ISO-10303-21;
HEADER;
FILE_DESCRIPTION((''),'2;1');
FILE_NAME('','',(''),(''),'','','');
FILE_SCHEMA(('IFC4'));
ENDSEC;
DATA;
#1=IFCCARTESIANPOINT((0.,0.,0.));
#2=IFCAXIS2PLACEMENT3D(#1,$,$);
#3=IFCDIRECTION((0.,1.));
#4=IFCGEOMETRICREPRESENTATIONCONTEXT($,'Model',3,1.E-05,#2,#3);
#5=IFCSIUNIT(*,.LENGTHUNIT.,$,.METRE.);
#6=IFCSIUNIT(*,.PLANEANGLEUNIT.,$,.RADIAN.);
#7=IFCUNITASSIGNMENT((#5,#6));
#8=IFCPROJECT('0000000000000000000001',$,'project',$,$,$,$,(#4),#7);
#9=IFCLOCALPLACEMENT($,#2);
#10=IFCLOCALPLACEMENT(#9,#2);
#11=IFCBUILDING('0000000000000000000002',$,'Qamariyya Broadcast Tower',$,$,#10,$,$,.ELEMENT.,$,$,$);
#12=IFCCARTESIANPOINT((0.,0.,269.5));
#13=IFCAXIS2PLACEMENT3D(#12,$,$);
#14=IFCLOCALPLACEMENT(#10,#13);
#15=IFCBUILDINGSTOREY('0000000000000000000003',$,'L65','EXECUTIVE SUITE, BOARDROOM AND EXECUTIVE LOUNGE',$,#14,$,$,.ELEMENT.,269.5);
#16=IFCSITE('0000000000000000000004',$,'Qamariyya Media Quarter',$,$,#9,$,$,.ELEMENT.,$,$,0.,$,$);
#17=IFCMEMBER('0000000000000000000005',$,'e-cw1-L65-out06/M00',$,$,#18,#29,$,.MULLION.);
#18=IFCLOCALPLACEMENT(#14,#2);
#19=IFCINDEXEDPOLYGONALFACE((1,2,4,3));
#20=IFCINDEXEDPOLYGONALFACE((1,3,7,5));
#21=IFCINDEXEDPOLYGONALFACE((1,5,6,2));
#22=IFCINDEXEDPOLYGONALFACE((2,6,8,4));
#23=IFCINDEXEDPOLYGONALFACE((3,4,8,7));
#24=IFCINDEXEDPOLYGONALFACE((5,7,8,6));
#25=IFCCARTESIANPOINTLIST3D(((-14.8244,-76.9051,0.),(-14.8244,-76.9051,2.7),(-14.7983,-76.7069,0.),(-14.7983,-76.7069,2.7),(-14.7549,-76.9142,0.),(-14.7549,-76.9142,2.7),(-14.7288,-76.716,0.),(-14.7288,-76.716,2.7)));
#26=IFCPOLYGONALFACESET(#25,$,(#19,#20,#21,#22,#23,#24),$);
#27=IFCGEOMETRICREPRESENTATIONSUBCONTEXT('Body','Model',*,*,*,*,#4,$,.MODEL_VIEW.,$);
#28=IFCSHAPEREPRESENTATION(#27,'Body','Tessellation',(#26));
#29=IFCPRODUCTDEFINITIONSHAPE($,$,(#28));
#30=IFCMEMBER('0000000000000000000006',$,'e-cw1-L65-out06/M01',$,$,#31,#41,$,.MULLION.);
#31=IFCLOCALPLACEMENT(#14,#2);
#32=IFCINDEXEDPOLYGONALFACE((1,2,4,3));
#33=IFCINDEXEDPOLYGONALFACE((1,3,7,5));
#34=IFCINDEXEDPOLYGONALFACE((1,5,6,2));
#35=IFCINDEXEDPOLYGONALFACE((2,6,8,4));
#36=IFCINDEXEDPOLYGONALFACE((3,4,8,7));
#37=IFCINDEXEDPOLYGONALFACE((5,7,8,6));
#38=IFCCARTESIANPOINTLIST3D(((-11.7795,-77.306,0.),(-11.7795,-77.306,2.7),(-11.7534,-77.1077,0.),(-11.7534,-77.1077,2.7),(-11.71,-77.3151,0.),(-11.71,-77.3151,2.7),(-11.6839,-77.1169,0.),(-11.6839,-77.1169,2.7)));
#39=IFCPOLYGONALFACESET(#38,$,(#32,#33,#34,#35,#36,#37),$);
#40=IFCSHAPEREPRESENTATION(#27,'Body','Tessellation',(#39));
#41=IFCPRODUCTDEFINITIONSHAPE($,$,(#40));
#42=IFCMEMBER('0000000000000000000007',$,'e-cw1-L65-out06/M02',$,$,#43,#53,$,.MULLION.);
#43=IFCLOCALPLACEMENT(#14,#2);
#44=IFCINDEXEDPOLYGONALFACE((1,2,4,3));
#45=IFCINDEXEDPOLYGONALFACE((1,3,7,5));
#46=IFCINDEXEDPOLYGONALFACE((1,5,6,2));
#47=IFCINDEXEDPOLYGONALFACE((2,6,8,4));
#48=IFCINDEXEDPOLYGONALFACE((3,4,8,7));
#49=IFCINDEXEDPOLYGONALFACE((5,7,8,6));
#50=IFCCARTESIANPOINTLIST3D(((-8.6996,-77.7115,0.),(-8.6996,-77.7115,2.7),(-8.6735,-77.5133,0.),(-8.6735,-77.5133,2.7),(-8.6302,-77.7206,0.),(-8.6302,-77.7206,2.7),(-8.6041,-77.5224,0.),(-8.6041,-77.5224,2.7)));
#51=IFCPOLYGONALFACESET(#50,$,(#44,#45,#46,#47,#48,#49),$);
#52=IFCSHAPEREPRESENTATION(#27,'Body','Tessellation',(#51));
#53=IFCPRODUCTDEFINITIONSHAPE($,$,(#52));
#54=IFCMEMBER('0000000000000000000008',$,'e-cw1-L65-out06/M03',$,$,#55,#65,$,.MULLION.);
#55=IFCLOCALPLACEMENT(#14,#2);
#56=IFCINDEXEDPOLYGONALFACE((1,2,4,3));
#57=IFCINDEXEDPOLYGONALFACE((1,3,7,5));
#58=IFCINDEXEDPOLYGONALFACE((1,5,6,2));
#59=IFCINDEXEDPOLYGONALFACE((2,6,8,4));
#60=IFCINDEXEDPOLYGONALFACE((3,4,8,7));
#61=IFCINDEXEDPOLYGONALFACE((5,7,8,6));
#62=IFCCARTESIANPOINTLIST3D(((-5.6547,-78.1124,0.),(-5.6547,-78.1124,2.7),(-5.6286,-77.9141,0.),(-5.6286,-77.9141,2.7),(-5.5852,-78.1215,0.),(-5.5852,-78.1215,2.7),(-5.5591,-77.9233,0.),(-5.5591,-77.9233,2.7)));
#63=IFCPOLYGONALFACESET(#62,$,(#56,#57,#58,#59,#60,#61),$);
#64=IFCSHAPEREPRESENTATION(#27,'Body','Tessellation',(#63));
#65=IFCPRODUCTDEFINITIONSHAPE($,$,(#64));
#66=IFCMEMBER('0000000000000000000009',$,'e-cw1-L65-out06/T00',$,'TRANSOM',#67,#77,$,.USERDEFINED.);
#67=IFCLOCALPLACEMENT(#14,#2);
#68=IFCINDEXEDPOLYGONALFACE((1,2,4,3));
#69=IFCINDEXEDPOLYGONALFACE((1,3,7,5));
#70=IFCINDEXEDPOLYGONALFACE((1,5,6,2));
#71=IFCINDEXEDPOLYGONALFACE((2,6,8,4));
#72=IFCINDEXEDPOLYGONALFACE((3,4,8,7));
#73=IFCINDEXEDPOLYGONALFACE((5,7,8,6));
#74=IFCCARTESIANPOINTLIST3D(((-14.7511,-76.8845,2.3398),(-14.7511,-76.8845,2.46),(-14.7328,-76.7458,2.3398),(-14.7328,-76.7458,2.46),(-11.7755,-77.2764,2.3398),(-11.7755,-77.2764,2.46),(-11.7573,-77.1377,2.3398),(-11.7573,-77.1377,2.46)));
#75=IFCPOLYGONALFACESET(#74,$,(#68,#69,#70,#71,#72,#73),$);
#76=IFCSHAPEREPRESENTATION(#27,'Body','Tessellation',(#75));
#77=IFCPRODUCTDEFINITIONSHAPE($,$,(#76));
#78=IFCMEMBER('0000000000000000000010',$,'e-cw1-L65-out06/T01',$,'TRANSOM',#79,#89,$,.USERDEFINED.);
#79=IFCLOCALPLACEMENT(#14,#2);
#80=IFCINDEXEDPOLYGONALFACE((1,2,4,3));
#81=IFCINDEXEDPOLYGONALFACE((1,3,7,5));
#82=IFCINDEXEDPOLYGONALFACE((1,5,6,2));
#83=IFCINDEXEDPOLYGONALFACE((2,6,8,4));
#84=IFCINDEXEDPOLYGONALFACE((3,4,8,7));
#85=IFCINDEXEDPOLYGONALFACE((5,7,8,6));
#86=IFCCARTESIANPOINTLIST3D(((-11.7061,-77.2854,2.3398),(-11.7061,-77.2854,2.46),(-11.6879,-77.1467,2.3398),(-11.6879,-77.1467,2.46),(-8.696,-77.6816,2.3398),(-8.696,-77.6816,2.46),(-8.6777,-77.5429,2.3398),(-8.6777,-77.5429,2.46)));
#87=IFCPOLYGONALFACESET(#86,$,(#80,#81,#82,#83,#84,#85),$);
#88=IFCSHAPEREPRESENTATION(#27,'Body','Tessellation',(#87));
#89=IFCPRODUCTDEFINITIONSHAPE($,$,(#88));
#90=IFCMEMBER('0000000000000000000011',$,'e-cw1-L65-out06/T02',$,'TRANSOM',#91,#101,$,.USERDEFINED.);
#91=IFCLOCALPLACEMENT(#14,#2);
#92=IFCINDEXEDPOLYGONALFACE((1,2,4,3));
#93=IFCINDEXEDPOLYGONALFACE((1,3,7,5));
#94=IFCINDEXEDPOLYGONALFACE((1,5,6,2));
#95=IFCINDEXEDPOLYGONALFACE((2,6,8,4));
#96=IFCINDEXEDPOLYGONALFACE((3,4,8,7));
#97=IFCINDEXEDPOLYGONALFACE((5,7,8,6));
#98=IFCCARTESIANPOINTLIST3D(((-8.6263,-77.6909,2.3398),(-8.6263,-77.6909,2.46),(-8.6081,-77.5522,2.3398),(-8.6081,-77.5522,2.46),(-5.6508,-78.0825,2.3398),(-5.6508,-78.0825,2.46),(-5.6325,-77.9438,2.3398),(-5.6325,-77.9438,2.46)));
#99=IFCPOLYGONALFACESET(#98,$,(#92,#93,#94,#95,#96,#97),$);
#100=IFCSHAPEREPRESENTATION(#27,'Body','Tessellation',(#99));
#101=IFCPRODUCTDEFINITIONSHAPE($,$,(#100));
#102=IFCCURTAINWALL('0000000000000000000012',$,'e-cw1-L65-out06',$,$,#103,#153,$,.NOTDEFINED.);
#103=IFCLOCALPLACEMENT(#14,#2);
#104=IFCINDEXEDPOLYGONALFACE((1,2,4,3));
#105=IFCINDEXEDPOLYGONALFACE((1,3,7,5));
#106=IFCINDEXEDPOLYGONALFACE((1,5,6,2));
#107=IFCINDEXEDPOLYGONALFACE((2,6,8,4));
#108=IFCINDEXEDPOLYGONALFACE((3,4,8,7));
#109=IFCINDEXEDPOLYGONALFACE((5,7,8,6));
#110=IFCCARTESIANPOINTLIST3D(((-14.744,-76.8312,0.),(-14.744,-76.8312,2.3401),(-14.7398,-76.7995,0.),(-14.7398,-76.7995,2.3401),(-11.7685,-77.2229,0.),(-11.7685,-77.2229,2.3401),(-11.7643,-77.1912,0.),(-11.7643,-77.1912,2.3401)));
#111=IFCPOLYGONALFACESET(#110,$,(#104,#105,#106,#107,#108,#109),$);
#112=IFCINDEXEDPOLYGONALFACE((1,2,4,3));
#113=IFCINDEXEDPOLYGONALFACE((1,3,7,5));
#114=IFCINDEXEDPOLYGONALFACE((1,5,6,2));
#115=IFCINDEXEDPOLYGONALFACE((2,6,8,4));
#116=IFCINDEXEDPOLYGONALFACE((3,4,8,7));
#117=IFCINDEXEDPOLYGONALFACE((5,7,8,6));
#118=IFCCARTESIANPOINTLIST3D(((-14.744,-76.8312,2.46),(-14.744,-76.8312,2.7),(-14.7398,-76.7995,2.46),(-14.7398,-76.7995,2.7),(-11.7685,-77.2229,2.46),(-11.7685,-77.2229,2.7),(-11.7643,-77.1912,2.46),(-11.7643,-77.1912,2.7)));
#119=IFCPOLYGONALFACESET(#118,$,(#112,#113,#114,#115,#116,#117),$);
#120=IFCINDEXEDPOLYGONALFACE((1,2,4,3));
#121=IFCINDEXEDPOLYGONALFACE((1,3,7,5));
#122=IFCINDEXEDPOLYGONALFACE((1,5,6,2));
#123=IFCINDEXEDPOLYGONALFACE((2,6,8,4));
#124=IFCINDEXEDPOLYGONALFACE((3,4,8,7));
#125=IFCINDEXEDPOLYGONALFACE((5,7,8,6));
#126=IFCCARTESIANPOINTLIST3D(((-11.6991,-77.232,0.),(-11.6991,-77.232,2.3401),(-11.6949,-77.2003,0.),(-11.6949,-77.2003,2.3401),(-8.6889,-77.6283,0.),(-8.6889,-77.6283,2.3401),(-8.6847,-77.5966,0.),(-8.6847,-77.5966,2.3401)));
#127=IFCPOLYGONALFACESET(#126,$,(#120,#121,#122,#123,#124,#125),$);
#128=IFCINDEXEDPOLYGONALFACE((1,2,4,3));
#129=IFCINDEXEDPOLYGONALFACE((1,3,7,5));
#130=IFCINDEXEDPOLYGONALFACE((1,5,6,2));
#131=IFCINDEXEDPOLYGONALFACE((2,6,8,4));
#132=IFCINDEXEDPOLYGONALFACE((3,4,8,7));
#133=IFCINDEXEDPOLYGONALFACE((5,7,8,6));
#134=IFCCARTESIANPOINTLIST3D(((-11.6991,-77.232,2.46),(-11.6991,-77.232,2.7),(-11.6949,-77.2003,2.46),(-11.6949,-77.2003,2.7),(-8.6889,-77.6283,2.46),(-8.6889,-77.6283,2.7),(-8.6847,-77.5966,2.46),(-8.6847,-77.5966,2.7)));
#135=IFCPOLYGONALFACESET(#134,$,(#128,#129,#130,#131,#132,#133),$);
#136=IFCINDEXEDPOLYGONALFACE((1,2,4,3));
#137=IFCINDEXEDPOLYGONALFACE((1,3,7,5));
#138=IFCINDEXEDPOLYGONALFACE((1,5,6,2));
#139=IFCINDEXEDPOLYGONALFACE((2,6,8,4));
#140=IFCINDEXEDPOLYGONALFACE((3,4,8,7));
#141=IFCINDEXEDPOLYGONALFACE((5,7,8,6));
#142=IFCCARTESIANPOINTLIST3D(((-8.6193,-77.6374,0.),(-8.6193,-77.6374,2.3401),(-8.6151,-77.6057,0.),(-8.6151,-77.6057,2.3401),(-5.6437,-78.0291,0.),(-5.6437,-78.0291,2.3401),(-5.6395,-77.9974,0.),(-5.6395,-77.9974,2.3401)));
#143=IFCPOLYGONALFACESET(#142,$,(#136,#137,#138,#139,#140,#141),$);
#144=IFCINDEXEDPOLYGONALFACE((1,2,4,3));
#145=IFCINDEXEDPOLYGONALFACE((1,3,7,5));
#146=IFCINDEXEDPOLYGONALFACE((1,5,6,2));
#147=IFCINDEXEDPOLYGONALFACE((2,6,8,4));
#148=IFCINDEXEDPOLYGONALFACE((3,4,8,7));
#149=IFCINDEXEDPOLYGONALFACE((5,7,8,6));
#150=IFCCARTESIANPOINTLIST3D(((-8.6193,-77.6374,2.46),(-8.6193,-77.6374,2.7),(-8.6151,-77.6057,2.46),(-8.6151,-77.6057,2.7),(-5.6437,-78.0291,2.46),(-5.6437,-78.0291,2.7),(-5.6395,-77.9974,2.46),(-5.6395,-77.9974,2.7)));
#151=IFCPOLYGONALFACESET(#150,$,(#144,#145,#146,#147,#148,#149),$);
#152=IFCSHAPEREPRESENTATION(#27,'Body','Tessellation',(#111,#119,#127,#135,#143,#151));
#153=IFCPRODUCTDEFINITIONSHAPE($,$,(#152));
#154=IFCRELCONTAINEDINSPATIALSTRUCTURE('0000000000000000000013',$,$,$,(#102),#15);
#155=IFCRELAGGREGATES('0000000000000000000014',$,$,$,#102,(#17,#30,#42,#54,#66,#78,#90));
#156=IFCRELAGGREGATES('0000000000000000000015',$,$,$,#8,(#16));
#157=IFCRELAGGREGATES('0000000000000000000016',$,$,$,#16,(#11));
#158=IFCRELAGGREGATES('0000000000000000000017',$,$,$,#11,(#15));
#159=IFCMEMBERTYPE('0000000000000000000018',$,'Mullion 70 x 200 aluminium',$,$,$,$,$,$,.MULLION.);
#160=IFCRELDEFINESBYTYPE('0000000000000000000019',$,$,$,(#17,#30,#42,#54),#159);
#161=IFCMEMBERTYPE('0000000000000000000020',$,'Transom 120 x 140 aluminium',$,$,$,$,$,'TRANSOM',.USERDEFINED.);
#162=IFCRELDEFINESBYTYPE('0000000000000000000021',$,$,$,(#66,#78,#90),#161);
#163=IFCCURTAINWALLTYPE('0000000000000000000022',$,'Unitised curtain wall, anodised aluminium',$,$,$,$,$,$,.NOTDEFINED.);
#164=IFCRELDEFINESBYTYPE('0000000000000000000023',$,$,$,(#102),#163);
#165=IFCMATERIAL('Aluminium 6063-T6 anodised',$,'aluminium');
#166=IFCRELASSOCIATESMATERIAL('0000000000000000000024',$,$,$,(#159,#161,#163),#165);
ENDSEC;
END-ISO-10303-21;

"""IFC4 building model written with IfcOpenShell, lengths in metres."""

from ifc_helpers import new_model, si_unit, direction, frame, origin, origin_2d, place, context, subcontext, project, spatial, rectangle, extrude, material, material_profile, profile_set, type_object, element, aggregate, save


model = new_model("IFC4")

# Units and contexts
model_context = context("Model", 3, precision=1e-05, world=origin(), true_north=direction((0.0, 1.0)))
body_context = subcontext(model_context, "Body", "Model", "MODEL_VIEW")
ifc_project = project(units=[si_unit("LENGTHUNIT", "METRE"), si_unit("PLANEANGLEUNIT", "RADIAN")], contexts=[model_context])

# Members
ifc_material = material(Name="Aluminium 6063-T6 anodised", Category="aluminium")
ifc_material_profile_1 = material_profile(ifc_material, rectangle(XDim=0.2, YDim=0.0701, at=origin_2d()))
ifc_profile_set_1 = profile_set([ifc_material_profile_1], Name="Aluminium 6063-T6 anodised")
member_type_1 = type_object("IfcMemberType", Name="Mullion 70 x 200 aluminium", PredefinedType="MULLION", material=ifc_profile_set_1)
site_placement = place(None, origin())
building_placement = place(site_placement, origin())
storey_placement = place(building_placement, frame((0.0, 0.0, 269.5)))
member_1_placement = place(storey_placement, frame((-14.7766, -76.8105, 0.0), z_axis=(0.0, 0.0, 1.0), x_axis=(0.130526, 0.991445, 0.0)))
member_1 = element("IfcMember", 1, at=member_1_placement, type_object=member_type_1, Name="e-cw1-L65-out06/M00", PredefinedType="MULLION", context=body_context, shape_type="SweptSolid", body=[
    extrude(rectangle(XDim=0.2, YDim=0.0701, at=origin_2d()), origin(), (0.0, 0.0, 1.0), 2.7),
])
member_2_placement = place(storey_placement, frame((-11.7317, -77.2114, 0.0), z_axis=(0.0, 0.0, 1.0), x_axis=(0.130526, 0.991445, 0.0)))
member_2 = element("IfcMember", 2, at=member_2_placement, type_object=member_type_1, Name="e-cw1-L65-out06/M01", PredefinedType="MULLION", context=body_context, shape_type="SweptSolid", body=[
    extrude(rectangle(XDim=0.2, YDim=0.0701, at=origin_2d()), origin(), (0.0, 0.0, 1.0), 2.7),
])
member_3_placement = place(storey_placement, frame((-8.6519, -77.6169, 0.0), z_axis=(0.0, 0.0, 1.0), x_axis=(0.130526, 0.991445, 0.0)))
member_3 = element("IfcMember", 3, at=member_3_placement, type_object=member_type_1, Name="e-cw1-L65-out06/M02", PredefinedType="MULLION", context=body_context, shape_type="SweptSolid", body=[
    extrude(rectangle(XDim=0.2, YDim=0.0701, at=origin_2d()), origin(), (0.0, 0.0, 1.0), 2.7),
])
member_4_placement = place(storey_placement, frame((-5.6069, -78.0178, 0.0), z_axis=(0.0, 0.0, 1.0), x_axis=(0.130526, 0.991445, 0.0)))
member_4 = element("IfcMember", 4, at=member_4_placement, type_object=member_type_1, Name="e-cw1-L65-out06/M03", PredefinedType="MULLION", context=body_context, shape_type="SweptSolid", body=[
    extrude(rectangle(XDim=0.2, YDim=0.0701, at=origin_2d()), origin(), (0.0, 0.0, 1.0), 2.7),
])
ifc_material_profile_2 = material_profile(ifc_material, rectangle(XDim=0.1399, YDim=0.1201, at=origin_2d()))
ifc_profile_set_2 = profile_set([ifc_material_profile_2], Name="Aluminium 6063-T6 anodised")
member_type_2 = type_object("IfcMemberType", Name="Transom 120 x 140 aluminium", ElementType="TRANSOM", PredefinedType="USERDEFINED", material=ifc_profile_set_2)
member_5_placement = place(storey_placement, frame((-14.7419, -76.8152, 2.3999), z_axis=(0.99144, -0.13056, 0.0), x_axis=(0.13056, 0.99144, 0.0)))
member_5 = element("IfcMember", 5, at=member_5_placement, type_object=member_type_2, Name="e-cw1-L65-out06/T00", ObjectType="TRANSOM", PredefinedType="USERDEFINED", context=body_context, shape_type="SweptSolid", body=[
    extrude(rectangle(XDim=0.1399, YDim=0.1201, at=origin_2d()), origin(), (0.0, 0.0, 1.0), 3.0012),
])
member_6_placement = place(storey_placement, frame((-11.697, -77.2161, 2.3999), z_axis=(0.991448, -0.130504, 0.0), x_axis=(0.130504, 0.991448, 0.0)))
member_6 = element("IfcMember", 6, at=member_6_placement, type_object=member_type_2, Name="e-cw1-L65-out06/T01", ObjectType="TRANSOM", PredefinedType="USERDEFINED", context=body_context, shape_type="SweptSolid", body=[
    extrude(rectangle(XDim=0.1399, YDim=0.1201, at=origin_2d()), origin(), (0.0, 0.0, 1.0), 3.0361),
])
member_7_placement = place(storey_placement, frame((-8.6172, -77.6216, 2.3999), z_axis=(0.991451, -0.13048, 0.0), x_axis=(0.13048, 0.991451, 0.0)))
member_7 = element("IfcMember", 7, at=member_7_placement, type_object=member_type_2, Name="e-cw1-L65-out06/T02", ObjectType="TRANSOM", PredefinedType="USERDEFINED", context=body_context, shape_type="SweptSolid", body=[
    extrude(rectangle(XDim=0.1399, YDim=0.1201, at=origin_2d()), origin(), (0.0, 0.0, 1.0), 3.0012),
])

# Site, building, storey
site = spatial("IfcSite", under=ifc_project, at=site_placement, Name="Qamariyya Media Quarter", CompositionType="ELEMENT", RefElevation=0.0)
building = spatial("IfcBuilding", under=site, at=building_placement, Name="Qamariyya Broadcast Tower", CompositionType="ELEMENT")
storey = spatial("IfcBuildingStorey", under=building, at=storey_placement, Name="L65", Description="EXECUTIVE SUITE, BOARDROOM AND EXECUTIVE LOUNGE", CompositionType="ELEMENT", Elevation=269.5)

# Curtain wall
curtain_wall_type = type_object("IfcCurtainWallType", Name="Unitised curtain wall, anodised aluminium", PredefinedType="NOTDEFINED", material=ifc_material)
curtain_wall_1_placement = place(storey_placement, origin())
curtain_wall_1 = element("IfcCurtainWall", 8, at=curtain_wall_1_placement, inside=storey, type_object=curtain_wall_type, Name="e-cw1-L65-out06", PredefinedType="NOTDEFINED", context=body_context, shape_type="SweptSolid", body=[
    extrude(rectangle(XDim=3.0012, YDim=0.032, at=origin_2d()), frame((-13.2542, -77.0112, 0.0), x_axis=(0.991445, -0.130523, 0.0)), (0.0, 0.0, 1.0), 2.3401),
    extrude(rectangle(XDim=3.0012, YDim=0.032, at=origin_2d()), frame((-13.2542, -77.0112, 2.46), x_axis=(0.991445, -0.130523, 0.0)), (0.0, 0.0, 1.0), 0.24),
    extrude(rectangle(XDim=3.0361, YDim=0.032, at=origin_2d()), frame((-10.1919, -77.4143, 0.0), x_axis=(0.991445, -0.130523, 0.0)), (0.0, 0.0, 1.0), 2.3401),
    extrude(rectangle(XDim=3.0361, YDim=0.032, at=origin_2d()), frame((-10.1919, -77.4143, 2.46), x_axis=(0.991445, -0.130523, 0.0)), (0.0, 0.0, 1.0), 0.24),
    extrude(rectangle(XDim=3.0012, YDim=0.032, at=origin_2d()), frame((-7.1294, -77.8174, 0.0), x_axis=(0.991445, -0.130523, 0.0)), (0.0, 0.0, 1.0), 2.3401),
    extrude(rectangle(XDim=3.0012, YDim=0.032, at=origin_2d()), frame((-7.1294, -77.8174, 2.46), x_axis=(0.991445, -0.130523, 0.0)), (0.0, 0.0, 1.0), 0.24),
])
aggregate(curtain_wall_1, [member_1, member_2, member_3, member_4, member_5, member_6, member_7])

save(model, "model.ifc")
